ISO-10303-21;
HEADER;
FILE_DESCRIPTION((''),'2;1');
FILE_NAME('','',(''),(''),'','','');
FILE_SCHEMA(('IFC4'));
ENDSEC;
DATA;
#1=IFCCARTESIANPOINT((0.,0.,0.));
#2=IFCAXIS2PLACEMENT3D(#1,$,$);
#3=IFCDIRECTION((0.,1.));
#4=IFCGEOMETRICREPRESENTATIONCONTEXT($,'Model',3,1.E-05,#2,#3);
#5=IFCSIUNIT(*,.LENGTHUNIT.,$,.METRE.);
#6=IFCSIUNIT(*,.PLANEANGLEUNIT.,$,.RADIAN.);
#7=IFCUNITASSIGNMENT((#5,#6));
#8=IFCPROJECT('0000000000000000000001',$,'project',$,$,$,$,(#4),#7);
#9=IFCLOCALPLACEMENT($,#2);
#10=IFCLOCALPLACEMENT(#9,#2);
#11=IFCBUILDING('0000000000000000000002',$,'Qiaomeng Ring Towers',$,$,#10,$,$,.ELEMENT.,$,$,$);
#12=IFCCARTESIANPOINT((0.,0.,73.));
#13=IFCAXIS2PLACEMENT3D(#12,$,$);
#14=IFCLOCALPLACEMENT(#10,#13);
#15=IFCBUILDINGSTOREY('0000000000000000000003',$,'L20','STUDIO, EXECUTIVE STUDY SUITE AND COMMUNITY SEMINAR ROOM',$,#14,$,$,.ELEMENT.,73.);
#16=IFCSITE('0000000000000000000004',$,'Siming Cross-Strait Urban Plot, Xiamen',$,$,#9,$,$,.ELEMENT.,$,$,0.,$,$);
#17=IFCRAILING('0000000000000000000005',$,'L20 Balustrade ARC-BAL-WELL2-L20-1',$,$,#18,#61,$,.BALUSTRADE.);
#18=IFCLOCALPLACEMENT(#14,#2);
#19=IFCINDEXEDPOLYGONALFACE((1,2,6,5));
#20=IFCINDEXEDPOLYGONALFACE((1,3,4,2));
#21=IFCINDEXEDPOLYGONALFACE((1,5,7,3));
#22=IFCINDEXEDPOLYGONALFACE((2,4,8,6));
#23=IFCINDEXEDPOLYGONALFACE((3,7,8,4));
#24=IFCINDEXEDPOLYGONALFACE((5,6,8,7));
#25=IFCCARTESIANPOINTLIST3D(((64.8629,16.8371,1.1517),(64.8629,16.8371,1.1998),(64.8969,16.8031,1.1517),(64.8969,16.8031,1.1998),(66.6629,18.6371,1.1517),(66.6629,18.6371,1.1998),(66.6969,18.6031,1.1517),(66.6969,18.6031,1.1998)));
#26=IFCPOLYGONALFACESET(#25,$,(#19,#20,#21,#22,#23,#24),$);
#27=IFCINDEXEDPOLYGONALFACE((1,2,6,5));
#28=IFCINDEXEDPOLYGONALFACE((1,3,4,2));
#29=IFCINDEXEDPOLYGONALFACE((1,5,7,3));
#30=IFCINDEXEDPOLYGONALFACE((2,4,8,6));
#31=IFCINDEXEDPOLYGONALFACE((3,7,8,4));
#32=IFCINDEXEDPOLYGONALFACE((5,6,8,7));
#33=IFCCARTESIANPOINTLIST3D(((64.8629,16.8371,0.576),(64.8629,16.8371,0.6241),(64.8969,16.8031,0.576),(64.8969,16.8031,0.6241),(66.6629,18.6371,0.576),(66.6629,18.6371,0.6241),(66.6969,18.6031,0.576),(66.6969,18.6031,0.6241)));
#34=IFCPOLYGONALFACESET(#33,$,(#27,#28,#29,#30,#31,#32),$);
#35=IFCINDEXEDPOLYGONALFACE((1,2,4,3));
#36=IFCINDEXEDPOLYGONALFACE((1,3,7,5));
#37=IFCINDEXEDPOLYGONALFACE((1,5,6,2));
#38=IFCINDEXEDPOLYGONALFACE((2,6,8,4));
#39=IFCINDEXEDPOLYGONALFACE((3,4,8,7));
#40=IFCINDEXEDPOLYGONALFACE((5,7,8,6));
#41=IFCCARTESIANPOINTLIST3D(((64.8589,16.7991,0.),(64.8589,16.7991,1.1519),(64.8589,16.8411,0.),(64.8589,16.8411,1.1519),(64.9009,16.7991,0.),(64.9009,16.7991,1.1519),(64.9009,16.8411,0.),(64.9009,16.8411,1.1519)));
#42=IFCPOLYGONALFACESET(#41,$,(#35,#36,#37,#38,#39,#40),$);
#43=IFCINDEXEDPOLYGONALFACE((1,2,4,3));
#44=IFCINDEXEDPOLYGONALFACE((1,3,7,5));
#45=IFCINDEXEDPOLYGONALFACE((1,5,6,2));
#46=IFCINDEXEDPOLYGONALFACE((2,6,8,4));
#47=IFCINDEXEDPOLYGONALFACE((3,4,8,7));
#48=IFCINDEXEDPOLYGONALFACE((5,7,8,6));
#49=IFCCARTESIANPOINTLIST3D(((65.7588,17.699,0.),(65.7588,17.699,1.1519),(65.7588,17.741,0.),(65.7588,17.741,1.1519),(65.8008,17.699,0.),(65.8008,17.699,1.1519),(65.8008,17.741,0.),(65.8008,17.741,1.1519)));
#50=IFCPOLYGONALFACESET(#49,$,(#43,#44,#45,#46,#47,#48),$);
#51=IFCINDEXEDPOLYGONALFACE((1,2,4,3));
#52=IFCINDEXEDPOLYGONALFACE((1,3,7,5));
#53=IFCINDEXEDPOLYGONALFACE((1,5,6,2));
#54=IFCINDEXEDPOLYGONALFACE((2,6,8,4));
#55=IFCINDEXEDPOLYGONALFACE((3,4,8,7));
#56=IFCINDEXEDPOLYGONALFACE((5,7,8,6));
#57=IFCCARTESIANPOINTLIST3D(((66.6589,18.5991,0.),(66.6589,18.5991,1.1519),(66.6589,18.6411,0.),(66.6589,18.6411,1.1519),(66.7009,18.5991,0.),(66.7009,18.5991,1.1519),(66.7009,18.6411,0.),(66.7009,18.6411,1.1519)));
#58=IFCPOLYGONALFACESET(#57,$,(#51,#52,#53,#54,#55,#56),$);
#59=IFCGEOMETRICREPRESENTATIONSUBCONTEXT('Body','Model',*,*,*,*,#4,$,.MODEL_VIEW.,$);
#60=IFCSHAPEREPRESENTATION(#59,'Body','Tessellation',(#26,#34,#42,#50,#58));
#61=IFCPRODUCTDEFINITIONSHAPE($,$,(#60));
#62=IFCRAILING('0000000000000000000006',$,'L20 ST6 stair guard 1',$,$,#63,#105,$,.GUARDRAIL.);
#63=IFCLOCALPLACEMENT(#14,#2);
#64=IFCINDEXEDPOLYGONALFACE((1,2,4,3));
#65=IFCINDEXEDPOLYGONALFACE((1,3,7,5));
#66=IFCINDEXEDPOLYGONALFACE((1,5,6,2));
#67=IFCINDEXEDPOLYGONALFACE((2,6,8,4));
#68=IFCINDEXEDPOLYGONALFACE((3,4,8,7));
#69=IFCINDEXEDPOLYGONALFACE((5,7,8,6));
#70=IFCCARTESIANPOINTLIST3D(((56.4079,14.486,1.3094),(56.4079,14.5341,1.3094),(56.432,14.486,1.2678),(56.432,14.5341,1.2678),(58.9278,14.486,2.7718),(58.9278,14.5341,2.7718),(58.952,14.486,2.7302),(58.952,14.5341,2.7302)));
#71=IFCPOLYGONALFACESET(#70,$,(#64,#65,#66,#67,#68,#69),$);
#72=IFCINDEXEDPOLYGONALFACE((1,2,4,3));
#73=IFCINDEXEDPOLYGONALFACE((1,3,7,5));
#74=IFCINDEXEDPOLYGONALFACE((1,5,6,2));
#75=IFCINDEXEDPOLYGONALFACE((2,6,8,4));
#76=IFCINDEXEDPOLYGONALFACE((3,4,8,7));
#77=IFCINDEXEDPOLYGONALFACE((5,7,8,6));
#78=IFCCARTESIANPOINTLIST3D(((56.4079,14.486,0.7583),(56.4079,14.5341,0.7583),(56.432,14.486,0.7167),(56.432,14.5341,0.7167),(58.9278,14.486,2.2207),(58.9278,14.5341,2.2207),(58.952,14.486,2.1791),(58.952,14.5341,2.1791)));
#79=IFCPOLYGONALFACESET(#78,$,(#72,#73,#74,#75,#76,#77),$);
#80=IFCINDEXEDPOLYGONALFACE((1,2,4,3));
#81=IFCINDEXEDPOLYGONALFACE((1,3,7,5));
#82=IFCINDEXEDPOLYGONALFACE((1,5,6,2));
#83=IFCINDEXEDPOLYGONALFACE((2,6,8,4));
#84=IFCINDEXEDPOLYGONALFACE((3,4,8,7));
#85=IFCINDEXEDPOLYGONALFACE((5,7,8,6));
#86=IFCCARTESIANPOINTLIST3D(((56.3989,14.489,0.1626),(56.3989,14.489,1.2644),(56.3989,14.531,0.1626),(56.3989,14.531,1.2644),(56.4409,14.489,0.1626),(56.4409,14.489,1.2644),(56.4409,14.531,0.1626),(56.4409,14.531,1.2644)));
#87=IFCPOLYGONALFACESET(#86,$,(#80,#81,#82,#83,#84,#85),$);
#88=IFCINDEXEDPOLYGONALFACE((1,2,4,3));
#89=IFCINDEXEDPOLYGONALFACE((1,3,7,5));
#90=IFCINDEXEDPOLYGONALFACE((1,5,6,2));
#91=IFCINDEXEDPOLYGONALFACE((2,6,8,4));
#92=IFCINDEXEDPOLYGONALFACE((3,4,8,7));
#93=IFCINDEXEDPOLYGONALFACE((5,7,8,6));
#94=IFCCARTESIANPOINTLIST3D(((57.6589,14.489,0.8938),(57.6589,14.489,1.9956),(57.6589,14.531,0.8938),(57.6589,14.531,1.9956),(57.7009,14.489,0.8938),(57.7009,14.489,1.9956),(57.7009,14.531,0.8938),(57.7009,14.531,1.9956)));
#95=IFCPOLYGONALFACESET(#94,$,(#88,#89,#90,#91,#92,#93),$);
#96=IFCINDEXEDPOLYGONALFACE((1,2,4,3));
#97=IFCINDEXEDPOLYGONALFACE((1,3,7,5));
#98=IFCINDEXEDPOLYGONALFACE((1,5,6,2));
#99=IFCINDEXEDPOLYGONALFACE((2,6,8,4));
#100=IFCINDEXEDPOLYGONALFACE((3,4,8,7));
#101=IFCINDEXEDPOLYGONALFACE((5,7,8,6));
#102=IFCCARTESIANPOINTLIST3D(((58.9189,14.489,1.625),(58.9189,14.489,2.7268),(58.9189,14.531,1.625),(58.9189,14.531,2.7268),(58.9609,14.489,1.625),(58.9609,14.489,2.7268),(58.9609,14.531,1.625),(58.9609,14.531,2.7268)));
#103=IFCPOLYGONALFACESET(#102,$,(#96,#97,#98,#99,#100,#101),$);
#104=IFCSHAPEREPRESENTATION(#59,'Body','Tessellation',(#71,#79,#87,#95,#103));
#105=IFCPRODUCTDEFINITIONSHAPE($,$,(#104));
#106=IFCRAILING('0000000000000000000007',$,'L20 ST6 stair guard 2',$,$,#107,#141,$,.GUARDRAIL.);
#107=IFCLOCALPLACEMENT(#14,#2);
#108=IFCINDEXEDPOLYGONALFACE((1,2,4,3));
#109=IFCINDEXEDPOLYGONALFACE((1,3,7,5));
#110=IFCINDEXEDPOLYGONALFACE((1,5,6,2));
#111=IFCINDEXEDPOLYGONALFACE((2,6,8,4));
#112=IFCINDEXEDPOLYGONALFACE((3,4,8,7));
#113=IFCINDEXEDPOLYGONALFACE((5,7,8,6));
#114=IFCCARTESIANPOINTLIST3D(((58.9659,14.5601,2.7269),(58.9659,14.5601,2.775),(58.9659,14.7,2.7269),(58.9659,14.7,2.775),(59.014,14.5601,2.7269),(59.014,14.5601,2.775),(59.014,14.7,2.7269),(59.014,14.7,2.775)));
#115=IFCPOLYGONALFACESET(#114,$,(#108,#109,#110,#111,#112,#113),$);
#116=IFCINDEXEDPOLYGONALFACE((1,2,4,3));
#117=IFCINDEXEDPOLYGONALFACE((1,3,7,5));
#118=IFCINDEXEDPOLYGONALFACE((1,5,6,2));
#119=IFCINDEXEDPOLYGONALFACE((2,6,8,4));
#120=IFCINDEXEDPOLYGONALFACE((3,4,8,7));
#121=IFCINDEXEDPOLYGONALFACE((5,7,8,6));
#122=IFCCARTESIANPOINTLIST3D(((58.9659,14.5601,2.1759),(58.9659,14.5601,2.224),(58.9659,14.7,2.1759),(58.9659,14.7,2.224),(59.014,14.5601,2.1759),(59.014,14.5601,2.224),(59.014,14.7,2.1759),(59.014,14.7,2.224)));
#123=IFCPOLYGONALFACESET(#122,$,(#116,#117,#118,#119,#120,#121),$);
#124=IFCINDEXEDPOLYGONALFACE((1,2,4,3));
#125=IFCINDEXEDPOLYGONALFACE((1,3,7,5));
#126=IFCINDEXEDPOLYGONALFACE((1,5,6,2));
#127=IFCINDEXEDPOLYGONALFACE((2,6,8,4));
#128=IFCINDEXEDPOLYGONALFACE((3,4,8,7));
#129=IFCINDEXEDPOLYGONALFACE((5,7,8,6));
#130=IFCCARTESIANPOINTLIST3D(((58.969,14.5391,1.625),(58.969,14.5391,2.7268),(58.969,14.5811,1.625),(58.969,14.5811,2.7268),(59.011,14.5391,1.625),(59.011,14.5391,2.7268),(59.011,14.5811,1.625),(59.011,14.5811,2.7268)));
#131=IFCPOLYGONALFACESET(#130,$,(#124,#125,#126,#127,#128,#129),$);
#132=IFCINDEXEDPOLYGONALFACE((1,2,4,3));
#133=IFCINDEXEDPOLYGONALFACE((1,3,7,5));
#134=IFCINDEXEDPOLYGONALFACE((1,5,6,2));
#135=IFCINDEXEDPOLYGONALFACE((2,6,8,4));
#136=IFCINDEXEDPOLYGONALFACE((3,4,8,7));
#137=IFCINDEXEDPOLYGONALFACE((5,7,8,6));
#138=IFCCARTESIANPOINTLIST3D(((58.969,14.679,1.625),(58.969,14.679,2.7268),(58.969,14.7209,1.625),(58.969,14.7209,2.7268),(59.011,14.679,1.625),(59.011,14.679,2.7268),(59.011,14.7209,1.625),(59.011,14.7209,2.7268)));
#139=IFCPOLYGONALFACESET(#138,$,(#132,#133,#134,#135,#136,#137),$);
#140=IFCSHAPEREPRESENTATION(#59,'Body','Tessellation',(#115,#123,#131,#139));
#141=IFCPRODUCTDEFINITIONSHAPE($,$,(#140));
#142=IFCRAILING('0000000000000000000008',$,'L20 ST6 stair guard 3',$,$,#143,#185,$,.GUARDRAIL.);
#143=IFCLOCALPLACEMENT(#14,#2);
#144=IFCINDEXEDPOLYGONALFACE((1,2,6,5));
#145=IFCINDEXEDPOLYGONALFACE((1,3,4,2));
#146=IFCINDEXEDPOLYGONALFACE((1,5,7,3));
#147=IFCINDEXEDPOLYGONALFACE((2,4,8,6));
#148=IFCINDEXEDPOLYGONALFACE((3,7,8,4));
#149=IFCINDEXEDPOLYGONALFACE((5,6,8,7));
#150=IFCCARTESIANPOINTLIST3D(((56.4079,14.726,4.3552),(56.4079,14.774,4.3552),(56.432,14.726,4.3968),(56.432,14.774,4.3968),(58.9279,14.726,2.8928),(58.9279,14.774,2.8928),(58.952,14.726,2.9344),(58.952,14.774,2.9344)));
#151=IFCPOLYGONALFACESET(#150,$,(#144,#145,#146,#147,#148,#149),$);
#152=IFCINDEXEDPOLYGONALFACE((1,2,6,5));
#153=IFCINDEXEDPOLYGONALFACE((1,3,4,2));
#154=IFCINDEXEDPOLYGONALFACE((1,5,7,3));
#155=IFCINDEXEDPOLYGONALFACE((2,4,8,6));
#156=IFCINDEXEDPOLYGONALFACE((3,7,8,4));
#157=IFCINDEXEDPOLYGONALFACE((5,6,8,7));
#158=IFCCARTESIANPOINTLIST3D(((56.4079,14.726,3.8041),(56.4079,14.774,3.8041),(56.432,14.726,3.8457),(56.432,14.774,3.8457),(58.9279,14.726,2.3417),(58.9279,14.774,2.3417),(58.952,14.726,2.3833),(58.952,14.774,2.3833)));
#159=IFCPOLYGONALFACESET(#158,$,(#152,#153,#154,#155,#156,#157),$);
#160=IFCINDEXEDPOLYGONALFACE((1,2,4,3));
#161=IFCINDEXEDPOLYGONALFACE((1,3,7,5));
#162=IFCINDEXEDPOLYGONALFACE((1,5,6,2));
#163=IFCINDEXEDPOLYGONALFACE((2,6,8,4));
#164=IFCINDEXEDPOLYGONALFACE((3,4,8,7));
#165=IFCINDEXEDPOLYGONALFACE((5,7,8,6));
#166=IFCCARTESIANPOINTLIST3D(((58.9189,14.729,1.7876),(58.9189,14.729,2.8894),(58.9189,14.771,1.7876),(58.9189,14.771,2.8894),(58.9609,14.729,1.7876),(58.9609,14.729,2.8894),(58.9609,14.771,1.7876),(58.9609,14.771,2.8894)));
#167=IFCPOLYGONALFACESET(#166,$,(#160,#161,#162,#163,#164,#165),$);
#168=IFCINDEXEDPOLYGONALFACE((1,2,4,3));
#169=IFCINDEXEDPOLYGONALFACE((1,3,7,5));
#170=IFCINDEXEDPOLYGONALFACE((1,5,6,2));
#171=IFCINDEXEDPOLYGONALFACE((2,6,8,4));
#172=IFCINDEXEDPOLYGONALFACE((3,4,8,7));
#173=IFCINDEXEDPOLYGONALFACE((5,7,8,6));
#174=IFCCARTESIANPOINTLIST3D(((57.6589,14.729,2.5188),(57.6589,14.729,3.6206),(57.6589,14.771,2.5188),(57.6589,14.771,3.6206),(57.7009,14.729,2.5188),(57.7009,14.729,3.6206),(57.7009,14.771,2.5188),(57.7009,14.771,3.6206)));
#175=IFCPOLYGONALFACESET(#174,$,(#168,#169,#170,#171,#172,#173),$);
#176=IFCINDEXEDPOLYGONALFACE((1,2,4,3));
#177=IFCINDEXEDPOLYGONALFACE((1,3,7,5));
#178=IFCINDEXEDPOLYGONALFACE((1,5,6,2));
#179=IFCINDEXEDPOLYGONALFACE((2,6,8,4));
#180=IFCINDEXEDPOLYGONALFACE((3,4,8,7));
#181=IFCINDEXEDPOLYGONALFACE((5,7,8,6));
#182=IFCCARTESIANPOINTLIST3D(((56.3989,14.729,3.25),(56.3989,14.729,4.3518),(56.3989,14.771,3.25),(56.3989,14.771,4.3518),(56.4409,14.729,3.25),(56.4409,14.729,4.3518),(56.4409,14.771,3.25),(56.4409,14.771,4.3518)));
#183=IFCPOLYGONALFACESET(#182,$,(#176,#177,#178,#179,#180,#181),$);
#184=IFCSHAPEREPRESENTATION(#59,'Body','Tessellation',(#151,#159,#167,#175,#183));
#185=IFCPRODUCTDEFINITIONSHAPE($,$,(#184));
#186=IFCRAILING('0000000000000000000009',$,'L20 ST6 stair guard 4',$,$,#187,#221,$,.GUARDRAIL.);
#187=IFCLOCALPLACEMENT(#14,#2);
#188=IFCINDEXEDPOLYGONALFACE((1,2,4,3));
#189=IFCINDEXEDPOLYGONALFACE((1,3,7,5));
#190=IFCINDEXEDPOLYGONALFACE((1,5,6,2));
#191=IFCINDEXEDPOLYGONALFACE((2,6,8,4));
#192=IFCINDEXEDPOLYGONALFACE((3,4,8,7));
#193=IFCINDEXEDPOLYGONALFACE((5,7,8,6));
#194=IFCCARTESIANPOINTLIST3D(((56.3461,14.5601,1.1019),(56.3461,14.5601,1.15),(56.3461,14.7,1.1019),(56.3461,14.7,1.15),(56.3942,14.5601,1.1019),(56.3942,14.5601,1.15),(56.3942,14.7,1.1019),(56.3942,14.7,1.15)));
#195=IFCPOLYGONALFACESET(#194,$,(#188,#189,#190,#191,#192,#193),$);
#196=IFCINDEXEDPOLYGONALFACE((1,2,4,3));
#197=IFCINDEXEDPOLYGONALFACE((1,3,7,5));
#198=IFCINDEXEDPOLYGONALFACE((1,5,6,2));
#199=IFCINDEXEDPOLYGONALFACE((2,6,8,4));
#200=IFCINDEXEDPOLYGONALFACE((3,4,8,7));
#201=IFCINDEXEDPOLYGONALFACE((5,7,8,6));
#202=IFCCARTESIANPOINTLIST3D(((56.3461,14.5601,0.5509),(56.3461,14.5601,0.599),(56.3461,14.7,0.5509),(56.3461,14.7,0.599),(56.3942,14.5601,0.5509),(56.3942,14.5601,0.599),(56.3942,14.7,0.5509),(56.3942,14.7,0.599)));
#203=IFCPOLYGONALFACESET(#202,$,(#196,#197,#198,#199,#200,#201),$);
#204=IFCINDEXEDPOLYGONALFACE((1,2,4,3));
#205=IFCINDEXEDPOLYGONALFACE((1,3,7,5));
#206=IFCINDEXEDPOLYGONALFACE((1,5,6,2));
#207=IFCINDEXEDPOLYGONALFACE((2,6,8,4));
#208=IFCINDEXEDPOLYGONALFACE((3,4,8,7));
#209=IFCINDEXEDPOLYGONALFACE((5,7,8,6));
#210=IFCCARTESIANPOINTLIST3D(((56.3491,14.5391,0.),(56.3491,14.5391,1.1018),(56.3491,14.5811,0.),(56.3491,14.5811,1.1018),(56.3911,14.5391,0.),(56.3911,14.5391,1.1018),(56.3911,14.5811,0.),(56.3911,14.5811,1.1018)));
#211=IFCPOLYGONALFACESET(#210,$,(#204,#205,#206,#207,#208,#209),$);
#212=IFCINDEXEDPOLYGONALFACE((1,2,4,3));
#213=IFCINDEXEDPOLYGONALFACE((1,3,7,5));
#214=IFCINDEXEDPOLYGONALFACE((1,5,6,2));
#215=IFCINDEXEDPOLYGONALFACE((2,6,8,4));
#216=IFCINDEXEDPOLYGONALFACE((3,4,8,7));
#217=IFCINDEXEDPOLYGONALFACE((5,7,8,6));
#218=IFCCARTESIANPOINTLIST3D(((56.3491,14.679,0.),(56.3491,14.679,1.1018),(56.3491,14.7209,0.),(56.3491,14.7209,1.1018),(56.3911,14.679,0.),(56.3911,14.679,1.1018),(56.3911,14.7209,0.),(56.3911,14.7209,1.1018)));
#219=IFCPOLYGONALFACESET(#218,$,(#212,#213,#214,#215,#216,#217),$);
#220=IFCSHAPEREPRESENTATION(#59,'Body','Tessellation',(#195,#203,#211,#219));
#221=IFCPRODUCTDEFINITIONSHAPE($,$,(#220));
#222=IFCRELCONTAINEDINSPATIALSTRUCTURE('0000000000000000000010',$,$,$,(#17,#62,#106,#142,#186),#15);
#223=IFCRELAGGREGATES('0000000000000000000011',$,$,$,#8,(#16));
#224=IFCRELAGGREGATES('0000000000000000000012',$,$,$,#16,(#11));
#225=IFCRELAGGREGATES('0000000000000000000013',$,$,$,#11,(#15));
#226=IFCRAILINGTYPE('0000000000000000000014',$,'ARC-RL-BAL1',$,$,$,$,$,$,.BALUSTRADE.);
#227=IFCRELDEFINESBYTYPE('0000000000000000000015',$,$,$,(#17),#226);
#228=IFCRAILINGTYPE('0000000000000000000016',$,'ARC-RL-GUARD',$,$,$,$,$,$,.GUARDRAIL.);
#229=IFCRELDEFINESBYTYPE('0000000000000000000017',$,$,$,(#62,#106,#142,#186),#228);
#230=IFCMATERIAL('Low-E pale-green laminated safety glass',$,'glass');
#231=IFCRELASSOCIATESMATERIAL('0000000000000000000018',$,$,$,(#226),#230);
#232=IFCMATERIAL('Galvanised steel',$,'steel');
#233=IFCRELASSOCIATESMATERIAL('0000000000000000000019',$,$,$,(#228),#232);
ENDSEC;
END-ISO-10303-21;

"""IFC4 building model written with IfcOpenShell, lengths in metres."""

from ifc_helpers import new_model, si_unit, direction, frame, origin, origin_2d, place, context, subcontext, project, spatial, rectangle, extrude, material, type_object, element, save


model = new_model("IFC4")

# Units and contexts
model_context = context("Model", 3, precision=1e-05, world=origin(), true_north=direction((0.0, 1.0)))
body_context = subcontext(model_context, "Body", "Model", "MODEL_VIEW")
ifc_project = project(units=[si_unit("LENGTHUNIT", "METRE"), si_unit("PLANEANGLEUNIT", "RADIAN")], contexts=[model_context])

# Site, building, storey
site_placement = place(None, origin())
site = spatial("IfcSite", under=ifc_project, at=site_placement, Name="Siming Cross-Strait Urban Plot, Xiamen", CompositionType="ELEMENT", RefElevation=0.0)
building_placement = place(site_placement, origin())
building = spatial("IfcBuilding", under=site, at=building_placement, Name="Qiaomeng Ring Towers", CompositionType="ELEMENT")
storey_placement = place(building_placement, frame((0.0, 0.0, 73.0)))
storey = spatial("IfcBuildingStorey", under=building, at=storey_placement, Name="L20", Description="STUDIO, EXECUTIVE STUDY SUITE AND COMMUNITY SEMINAR ROOM", CompositionType="ELEMENT", Elevation=73.0)

# Shared definitions
ifc_material_1 = material(Name="Galvanised steel", Category="steel")

# Railings
ifc_material_2 = material(Name="Low-E pale-green laminated safety glass", Category="glass")
railing_type_1 = type_object("IfcRailingType", Name="ARC-RL-BAL1", PredefinedType="BALUSTRADE", material=ifc_material_2)
railing_1_placement = place(storey_placement, frame((64.8799, 16.8201, 0.0)))
element("IfcRailing", 1, at=railing_1_placement, inside=storey, type_object=railing_type_1, Name="L20 Balustrade ARC-BAL-WELL2-L20-1", PredefinedType="BALUSTRADE", context=body_context, shape_type="SweptSolid", body=[
    extrude(rectangle(XDim=0.0481, YDim=0.0481, at=origin_2d()), frame((0.0, 0.0, 1.1758), z_axis=(0.707107, 0.707107, 0.0), x_axis=(-0.707107, 0.707107, 0.0)), (0.0, 0.0, 1.0), 2.5457),
    extrude(rectangle(XDim=0.0481, YDim=0.0481, at=origin_2d()), frame((0.0, 0.0, 0.6001), z_axis=(0.707107, 0.707107, 0.0), x_axis=(-0.707107, 0.707107, 0.0)), (0.0, 0.0, 1.0), 2.5457),
    extrude(rectangle(XDim=0.042, YDim=0.042, at=origin_2d()), origin(), (0.0, 0.0, 1.0), 1.1519),
    extrude(rectangle(XDim=0.042, YDim=0.042, at=origin_2d()), frame((0.8999, 0.8999, 0.0)), (0.0, 0.0, 1.0), 1.1519),
    extrude(rectangle(XDim=0.042, YDim=0.042, at=origin_2d()), frame((1.8, 1.8, 0.0)), (0.0, 0.0, 1.0), 1.1519),
])
railing_type_2 = type_object("IfcRailingType", Name="ARC-RL-GUARD", PredefinedType="GUARDRAIL", material=ifc_material_1)
railing_2_placement = place(storey_placement, frame((56.4199, 14.51, 0.1626)))
element("IfcRailing", 2, at=railing_2_placement, inside=storey, type_object=railing_type_2, Name="L20 ST6 stair guard 1", PredefinedType="GUARDRAIL", context=body_context, shape_type="SweptSolid", body=[
    extrude(rectangle(XDim=0.0481, YDim=0.0481, at=origin_2d()), frame((0.0, 0.0, 1.126), z_axis=(0.864913, 0.0, 0.501921), x_axis=(0.0, 1.0, 0.0)), (0.0, 0.0, 1.0), 2.9136),
    extrude(rectangle(XDim=0.0481, YDim=0.0481, at=origin_2d()), frame((0.0, 0.0, 0.575), z_axis=(0.864913, 0.0, 0.501921), x_axis=(0.0, 1.0, 0.0)), (0.0, 0.0, 1.0), 2.9136),
    extrude(rectangle(XDim=0.042, YDim=0.042, at=origin_2d()), origin(), (0.0, 0.0, 1.0), 1.1018),
    extrude(rectangle(XDim=0.042, YDim=0.042, at=origin_2d()), frame((1.26, 0.0, 0.7312)), (0.0, 0.0, 1.0), 1.1018),
    extrude(rectangle(XDim=0.042, YDim=0.042, at=origin_2d()), frame((2.52, 0.0, 1.4624)), (0.0, 0.0, 1.0), 1.1018),
])
railing_3_placement = place(storey_placement, frame((58.99, 14.5601, 1.625)))
element("IfcRailing", 3, at=railing_3_placement, inside=storey, type_object=railing_type_2, Name="L20 ST6 stair guard 2", PredefinedType="GUARDRAIL", context=body_context, shape_type="SweptSolid", body=[
    extrude(rectangle(XDim=0.0481, YDim=0.0481, at=origin_2d()), frame((0.0, 0.0, 1.126), z_axis=(0.0, 1.0, 0.0), x_axis=(-1.0, 0.0, 0.0)), (0.0, 0.0, 1.0), 0.1399),
    extrude(rectangle(XDim=0.0481, YDim=0.0481, at=origin_2d()), frame((0.0, 0.0, 0.575), z_axis=(0.0, 1.0, 0.0), x_axis=(-1.0, 0.0, 0.0)), (0.0, 0.0, 1.0), 0.1399),
    extrude(rectangle(XDim=0.042, YDim=0.042, at=origin_2d()), origin(), (0.0, 0.0, 1.0), 1.1018),
    extrude(rectangle(XDim=0.042, YDim=0.042, at=origin_2d()), frame((0.0, 0.1399, 0.0)), (0.0, 0.0, 1.0), 1.1018),
])
railing_4_placement = place(storey_placement, frame((58.9399, 14.75, 1.7876)))
element("IfcRailing", 4, at=railing_4_placement, inside=storey, type_object=railing_type_2, Name="L20 ST6 stair guard 3", PredefinedType="GUARDRAIL", context=body_context, shape_type="SweptSolid", body=[
    extrude(rectangle(XDim=0.0481, YDim=0.0481, at=origin_2d()), frame((0.0, 0.0, 1.126), z_axis=(-0.864913, 0.0, 0.501921), x_axis=(0.0, -1.0, 0.0)), (0.0, 0.0, 1.0), 2.9136),
    extrude(rectangle(XDim=0.0481, YDim=0.0481, at=origin_2d()), frame((0.0, 0.0, 0.575), z_axis=(-0.864913, 0.0, 0.501921), x_axis=(0.0, -1.0, 0.0)), (0.0, 0.0, 1.0), 2.9136),
    extrude(rectangle(XDim=0.042, YDim=0.042, at=origin_2d()), origin(), (0.0, 0.0, 1.0), 1.1018),
    extrude(rectangle(XDim=0.042, YDim=0.042, at=origin_2d()), frame((-1.26, 0.0, 0.7312)), (0.0, 0.0, 1.0), 1.1018),
    extrude(rectangle(XDim=0.042, YDim=0.042, at=origin_2d()), frame((-2.52, 0.0, 1.4624)), (0.0, 0.0, 1.0), 1.1018),
])
railing_5_placement = place(storey_placement, frame((56.3701, 14.5601, 0.0)))
element("IfcRailing", 5, at=railing_5_placement, inside=storey, type_object=railing_type_2, Name="L20 ST6 stair guard 4", PredefinedType="GUARDRAIL", context=body_context, shape_type="SweptSolid", body=[
    extrude(rectangle(XDim=0.0481, YDim=0.0481, at=origin_2d()), frame((0.0, 0.0, 1.126), z_axis=(0.0, 1.0, 0.0), x_axis=(-1.0, 0.0, 0.0)), (0.0, 0.0, 1.0), 0.1399),
    extrude(rectangle(XDim=0.0481, YDim=0.0481, at=origin_2d()), frame((0.0, 0.0, 0.575), z_axis=(0.0, 1.0, 0.0), x_axis=(-1.0, 0.0, 0.0)), (0.0, 0.0, 1.0), 0.1399),
    extrude(rectangle(XDim=0.042, YDim=0.042, at=origin_2d()), origin(), (0.0, 0.0, 1.0), 1.1018),
    extrude(rectangle(XDim=0.042, YDim=0.042, at=origin_2d()), frame((0.0, 0.1399, 0.0)), (0.0, 0.0, 1.0), 1.1018),
])

save(model, "model.ifc")
